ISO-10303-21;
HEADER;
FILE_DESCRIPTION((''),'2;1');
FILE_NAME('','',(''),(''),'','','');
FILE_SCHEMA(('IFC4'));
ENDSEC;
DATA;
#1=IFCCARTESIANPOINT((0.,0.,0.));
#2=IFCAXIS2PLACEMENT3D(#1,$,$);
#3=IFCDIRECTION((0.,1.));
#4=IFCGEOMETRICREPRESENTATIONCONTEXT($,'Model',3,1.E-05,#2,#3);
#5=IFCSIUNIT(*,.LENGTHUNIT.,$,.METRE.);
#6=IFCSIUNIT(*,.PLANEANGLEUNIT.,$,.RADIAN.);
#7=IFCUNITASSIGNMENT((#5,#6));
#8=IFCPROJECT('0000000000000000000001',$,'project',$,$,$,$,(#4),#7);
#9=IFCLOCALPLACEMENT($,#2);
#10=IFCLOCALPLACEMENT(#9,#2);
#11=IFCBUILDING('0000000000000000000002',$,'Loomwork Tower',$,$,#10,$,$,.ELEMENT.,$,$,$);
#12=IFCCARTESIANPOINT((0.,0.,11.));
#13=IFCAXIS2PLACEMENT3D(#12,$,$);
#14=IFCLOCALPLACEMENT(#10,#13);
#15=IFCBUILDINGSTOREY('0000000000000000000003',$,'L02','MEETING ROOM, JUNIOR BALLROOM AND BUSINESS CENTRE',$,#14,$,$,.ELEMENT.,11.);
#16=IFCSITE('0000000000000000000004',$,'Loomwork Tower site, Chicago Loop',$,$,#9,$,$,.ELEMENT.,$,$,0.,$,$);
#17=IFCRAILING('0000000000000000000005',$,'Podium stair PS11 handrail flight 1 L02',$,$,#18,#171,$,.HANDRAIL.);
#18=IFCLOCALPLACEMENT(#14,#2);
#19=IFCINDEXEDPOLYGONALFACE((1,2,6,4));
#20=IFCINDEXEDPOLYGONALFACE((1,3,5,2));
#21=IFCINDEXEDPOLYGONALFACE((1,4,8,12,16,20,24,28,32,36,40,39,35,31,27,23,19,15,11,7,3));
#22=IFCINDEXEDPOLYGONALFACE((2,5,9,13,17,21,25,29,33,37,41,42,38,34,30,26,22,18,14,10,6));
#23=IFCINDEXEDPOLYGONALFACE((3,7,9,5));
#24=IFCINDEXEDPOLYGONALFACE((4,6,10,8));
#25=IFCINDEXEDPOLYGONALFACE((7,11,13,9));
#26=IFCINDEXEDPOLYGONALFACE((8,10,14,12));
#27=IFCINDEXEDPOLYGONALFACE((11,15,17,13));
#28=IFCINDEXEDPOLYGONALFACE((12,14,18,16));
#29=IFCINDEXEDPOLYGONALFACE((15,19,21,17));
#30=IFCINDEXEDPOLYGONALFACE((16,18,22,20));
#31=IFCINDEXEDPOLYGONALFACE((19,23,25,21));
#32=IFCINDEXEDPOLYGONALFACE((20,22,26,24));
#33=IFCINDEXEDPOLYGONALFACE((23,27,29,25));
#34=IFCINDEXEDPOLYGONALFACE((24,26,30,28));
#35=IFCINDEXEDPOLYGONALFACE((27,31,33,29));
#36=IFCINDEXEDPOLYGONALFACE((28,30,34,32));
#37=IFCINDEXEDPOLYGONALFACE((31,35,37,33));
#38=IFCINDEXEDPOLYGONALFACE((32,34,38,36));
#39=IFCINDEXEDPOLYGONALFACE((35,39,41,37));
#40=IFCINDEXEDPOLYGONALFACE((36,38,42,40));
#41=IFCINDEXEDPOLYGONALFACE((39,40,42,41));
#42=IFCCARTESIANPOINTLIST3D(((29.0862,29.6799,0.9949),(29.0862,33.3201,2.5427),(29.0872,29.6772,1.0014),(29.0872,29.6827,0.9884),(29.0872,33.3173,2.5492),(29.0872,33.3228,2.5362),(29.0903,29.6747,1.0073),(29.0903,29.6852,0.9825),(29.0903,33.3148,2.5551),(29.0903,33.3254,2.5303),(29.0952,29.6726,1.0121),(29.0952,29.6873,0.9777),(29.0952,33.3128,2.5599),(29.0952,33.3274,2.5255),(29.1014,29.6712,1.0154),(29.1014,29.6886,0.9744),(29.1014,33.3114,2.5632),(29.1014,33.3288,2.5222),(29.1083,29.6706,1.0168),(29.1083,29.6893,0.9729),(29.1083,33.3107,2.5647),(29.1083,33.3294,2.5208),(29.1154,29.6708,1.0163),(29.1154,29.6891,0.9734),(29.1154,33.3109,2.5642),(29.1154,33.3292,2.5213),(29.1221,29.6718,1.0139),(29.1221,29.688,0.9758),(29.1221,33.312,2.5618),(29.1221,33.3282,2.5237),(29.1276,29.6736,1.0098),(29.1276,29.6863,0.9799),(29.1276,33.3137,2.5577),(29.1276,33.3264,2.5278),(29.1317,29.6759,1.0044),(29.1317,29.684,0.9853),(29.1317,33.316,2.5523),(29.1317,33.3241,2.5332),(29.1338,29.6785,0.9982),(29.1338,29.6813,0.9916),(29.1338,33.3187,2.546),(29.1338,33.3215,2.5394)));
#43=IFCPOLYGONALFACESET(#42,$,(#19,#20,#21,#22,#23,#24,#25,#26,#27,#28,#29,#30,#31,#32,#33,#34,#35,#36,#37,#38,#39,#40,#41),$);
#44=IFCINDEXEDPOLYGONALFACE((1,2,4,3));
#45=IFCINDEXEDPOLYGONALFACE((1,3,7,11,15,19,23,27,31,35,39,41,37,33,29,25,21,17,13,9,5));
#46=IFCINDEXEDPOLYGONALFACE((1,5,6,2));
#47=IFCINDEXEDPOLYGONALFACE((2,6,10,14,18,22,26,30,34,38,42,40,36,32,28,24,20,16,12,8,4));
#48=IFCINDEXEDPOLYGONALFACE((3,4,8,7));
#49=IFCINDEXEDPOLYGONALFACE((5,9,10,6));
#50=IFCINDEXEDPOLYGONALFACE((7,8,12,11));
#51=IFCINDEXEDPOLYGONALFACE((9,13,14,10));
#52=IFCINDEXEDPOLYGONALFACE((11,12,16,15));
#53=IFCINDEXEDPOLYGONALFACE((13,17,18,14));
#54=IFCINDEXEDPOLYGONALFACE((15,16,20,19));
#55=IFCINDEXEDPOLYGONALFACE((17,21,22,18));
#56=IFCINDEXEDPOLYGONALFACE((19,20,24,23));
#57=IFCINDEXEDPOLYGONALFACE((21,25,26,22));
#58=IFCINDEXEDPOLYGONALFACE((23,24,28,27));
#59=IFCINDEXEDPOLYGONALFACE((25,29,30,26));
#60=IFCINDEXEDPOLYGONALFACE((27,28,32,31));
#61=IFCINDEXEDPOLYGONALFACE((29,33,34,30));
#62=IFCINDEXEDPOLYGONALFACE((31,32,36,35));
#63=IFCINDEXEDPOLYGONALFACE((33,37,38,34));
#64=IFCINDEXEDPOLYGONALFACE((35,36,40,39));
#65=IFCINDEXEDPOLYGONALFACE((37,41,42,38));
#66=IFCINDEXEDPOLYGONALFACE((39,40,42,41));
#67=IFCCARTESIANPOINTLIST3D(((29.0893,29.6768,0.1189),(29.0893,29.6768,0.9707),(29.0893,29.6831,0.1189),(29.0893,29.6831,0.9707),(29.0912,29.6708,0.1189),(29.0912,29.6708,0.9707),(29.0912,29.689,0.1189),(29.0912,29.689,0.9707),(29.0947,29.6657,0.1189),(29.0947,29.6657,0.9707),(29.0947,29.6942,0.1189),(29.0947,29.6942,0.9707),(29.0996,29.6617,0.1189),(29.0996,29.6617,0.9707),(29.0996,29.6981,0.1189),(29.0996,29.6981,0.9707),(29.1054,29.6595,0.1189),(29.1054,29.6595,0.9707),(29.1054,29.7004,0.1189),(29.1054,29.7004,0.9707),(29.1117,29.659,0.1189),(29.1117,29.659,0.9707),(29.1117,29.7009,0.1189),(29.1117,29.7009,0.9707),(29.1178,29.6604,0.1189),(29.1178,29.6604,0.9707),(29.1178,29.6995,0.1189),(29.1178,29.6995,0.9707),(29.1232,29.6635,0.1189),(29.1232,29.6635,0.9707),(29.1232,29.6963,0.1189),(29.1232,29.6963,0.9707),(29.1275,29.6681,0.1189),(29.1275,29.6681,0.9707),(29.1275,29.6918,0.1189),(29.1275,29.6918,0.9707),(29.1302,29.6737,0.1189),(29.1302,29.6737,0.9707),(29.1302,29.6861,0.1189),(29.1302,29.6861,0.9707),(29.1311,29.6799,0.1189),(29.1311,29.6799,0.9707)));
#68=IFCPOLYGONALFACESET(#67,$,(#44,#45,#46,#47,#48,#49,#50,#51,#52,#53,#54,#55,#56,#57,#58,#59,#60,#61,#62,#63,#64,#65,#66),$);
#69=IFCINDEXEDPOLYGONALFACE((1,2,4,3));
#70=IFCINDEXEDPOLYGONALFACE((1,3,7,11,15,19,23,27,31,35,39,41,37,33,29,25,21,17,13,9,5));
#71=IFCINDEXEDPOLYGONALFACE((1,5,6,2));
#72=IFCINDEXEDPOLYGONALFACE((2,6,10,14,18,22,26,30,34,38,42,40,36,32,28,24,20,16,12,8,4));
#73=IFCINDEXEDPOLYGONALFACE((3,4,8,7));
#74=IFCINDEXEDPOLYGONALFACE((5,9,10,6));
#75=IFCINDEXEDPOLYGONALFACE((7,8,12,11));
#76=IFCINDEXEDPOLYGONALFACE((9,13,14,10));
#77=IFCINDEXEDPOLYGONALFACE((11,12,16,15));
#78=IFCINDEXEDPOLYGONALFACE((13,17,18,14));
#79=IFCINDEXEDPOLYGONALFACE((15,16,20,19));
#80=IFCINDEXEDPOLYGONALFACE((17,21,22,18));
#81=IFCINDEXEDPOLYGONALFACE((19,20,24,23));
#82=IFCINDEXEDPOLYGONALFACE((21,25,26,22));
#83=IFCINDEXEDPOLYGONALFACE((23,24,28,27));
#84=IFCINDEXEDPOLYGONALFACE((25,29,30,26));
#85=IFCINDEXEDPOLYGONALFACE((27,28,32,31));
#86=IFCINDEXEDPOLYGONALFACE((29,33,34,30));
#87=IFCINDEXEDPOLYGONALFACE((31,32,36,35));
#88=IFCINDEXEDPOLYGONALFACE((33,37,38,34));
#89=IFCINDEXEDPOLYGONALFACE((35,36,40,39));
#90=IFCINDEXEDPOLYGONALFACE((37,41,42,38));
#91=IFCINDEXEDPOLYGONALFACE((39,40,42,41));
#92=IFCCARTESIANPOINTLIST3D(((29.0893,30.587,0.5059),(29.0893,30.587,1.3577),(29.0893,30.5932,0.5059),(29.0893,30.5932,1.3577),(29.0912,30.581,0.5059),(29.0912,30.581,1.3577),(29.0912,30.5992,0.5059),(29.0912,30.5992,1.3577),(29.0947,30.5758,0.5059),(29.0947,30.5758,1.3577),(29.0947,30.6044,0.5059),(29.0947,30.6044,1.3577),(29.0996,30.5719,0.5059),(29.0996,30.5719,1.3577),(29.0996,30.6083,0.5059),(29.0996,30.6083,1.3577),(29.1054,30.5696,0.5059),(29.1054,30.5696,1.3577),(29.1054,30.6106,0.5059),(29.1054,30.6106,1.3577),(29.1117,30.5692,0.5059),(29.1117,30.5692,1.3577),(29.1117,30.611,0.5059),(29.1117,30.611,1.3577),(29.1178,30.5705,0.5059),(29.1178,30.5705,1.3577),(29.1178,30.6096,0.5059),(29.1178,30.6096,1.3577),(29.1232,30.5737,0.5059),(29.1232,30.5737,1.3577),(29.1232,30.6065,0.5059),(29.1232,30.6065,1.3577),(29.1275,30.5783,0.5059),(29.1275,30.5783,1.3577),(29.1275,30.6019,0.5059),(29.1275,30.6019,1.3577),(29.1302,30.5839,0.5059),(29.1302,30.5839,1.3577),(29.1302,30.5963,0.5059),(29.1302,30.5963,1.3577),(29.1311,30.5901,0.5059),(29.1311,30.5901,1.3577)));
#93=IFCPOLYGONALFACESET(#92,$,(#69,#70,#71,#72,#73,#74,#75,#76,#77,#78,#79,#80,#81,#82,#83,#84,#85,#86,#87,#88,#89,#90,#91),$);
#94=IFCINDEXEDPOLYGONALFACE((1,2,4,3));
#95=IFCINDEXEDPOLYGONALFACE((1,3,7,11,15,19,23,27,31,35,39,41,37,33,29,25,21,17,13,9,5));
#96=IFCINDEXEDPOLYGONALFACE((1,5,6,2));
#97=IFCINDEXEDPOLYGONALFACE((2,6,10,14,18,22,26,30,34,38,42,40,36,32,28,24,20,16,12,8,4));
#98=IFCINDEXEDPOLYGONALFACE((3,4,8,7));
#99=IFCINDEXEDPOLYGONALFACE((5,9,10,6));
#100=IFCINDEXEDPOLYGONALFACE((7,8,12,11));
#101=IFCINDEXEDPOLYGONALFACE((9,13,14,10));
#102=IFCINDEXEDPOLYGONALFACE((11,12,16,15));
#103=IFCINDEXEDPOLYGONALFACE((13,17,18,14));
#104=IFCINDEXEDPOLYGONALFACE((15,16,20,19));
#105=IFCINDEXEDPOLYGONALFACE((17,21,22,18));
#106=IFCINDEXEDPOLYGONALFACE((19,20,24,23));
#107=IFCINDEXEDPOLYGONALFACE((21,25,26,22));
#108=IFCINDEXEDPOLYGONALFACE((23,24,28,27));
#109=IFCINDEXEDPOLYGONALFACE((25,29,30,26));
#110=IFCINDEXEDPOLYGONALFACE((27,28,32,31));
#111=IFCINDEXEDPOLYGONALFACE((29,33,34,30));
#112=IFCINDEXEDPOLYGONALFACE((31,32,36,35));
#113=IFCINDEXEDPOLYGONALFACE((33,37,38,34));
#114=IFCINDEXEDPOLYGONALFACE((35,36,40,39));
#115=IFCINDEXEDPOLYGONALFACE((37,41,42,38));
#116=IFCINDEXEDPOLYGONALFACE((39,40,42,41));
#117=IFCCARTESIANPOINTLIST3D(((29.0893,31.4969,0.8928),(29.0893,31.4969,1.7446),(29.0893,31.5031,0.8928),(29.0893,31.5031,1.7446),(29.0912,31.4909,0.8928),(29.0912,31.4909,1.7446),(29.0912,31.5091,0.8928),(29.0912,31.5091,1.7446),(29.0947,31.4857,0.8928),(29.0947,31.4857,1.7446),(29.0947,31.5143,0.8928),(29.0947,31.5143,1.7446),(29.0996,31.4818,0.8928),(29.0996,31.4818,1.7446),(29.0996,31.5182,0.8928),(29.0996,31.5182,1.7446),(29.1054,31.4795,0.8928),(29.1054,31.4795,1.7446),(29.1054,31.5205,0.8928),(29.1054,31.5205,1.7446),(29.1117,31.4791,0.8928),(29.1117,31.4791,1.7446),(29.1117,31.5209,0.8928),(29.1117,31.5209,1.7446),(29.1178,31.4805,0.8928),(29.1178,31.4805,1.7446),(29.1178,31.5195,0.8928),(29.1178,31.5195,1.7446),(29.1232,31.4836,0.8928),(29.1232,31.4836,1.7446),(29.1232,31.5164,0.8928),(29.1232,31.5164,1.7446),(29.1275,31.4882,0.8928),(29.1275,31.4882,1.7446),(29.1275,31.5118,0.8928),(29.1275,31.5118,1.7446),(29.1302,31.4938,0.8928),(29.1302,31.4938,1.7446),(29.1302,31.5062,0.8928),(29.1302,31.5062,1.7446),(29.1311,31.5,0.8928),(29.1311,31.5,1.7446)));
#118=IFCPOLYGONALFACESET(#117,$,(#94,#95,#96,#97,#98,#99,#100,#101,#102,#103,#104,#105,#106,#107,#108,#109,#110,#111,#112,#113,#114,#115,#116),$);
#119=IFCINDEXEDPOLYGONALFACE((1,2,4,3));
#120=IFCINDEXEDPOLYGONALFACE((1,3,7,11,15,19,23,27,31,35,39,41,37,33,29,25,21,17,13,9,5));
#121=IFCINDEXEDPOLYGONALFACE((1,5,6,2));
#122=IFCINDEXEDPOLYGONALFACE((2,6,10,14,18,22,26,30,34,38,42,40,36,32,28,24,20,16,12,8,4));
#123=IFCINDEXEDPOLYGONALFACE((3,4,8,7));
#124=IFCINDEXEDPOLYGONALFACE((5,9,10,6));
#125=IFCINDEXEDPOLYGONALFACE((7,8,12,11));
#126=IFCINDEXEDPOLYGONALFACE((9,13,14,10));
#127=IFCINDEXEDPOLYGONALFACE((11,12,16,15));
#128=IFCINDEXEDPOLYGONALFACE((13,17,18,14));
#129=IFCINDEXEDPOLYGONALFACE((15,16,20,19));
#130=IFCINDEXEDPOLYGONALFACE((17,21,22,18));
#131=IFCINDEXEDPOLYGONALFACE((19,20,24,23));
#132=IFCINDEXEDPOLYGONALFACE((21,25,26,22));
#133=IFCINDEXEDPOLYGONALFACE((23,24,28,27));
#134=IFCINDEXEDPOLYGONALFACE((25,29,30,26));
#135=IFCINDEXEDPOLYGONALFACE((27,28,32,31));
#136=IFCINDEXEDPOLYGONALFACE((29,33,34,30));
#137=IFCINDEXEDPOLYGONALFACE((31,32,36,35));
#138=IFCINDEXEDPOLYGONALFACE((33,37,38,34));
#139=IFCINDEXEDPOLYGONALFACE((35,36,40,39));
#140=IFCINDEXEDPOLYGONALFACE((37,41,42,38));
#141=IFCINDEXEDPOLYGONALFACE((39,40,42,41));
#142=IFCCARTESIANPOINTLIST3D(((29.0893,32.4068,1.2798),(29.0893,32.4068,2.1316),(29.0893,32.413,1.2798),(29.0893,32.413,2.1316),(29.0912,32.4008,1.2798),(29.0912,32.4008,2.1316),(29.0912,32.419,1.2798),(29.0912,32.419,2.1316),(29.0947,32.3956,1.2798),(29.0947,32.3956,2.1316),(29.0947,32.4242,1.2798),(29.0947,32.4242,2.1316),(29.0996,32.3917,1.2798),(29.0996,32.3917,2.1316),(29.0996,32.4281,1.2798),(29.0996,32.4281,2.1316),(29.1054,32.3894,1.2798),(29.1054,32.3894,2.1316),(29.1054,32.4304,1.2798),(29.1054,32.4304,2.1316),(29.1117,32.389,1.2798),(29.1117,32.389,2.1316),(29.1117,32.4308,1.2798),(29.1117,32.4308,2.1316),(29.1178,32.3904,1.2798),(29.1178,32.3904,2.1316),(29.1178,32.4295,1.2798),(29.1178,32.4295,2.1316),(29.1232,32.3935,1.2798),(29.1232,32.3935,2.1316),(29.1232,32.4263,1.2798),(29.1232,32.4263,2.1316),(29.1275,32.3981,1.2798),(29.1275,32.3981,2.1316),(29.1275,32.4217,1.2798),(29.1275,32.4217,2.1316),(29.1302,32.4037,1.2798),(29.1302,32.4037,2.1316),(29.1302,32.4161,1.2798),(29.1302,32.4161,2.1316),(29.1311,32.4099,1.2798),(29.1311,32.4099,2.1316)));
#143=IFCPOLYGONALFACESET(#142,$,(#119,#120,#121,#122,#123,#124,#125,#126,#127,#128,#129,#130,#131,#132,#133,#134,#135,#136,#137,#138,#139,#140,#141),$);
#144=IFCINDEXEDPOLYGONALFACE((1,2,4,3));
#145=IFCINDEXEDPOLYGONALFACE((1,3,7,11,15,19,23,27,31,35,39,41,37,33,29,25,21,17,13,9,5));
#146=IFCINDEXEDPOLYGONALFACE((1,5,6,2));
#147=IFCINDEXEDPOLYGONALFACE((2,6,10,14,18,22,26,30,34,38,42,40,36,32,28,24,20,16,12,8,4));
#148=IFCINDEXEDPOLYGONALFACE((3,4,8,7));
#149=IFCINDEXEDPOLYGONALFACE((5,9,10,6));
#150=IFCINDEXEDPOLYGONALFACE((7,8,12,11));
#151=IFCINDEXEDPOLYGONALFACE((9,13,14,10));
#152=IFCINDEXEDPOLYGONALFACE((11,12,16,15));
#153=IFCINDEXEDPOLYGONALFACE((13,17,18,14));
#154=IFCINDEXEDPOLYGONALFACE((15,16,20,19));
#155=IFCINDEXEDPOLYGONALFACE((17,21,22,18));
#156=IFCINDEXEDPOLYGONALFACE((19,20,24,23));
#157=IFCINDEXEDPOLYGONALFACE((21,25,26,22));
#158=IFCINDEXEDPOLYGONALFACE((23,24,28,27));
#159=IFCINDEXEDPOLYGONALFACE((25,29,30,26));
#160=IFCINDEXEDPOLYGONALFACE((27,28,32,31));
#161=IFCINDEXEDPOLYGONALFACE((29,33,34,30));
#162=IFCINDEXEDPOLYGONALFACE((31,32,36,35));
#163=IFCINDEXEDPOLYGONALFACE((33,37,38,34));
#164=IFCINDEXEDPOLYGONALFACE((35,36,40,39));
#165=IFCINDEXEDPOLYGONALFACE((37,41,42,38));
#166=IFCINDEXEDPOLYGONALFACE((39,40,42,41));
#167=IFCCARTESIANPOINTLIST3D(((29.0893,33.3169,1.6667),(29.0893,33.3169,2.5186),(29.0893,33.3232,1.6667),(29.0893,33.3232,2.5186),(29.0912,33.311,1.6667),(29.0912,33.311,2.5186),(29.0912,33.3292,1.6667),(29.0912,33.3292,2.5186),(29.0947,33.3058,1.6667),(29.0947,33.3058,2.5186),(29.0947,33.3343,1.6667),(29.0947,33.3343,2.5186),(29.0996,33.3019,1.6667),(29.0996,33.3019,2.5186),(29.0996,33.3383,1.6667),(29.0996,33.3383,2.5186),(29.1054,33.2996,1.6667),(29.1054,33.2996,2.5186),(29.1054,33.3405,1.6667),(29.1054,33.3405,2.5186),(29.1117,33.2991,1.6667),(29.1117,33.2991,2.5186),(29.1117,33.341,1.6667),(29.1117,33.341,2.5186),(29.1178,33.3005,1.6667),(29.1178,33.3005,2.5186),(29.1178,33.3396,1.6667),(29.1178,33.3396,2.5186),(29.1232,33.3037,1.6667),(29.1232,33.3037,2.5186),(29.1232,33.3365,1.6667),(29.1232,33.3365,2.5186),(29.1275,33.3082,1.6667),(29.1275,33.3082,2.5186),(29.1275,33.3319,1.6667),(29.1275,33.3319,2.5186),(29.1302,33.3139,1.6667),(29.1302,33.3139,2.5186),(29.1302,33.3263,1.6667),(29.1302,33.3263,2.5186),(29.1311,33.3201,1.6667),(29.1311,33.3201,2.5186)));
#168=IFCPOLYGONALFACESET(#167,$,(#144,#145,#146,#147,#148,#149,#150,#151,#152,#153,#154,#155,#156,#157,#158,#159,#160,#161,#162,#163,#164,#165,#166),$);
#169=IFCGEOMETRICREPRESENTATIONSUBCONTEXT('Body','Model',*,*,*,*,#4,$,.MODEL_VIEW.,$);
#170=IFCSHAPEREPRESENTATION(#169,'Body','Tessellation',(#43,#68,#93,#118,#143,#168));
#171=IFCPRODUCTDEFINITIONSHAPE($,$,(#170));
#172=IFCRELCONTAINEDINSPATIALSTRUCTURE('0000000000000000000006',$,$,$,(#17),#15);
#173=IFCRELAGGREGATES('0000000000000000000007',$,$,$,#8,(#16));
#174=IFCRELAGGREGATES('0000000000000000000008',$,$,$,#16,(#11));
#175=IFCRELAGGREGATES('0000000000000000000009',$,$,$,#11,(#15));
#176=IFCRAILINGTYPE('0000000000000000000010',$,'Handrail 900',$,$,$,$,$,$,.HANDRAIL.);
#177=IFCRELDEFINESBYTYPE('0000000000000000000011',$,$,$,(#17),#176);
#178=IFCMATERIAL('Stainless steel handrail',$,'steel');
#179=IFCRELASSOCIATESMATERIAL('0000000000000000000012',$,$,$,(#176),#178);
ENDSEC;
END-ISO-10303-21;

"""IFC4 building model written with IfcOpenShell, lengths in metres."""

from ifc_helpers import new_model, si_unit, direction, frame, origin, origin_2d, place, context, subcontext, project, spatial, circle, extrude, material, type_object, element, save


model = new_model("IFC4")

# Units and contexts
model_context = context("Model", 3, precision=1e-05, world=origin(), true_north=direction((0.0, 1.0)))
body_context = subcontext(model_context, "Body", "Model", "MODEL_VIEW")
ifc_project = project(units=[si_unit("LENGTHUNIT", "METRE"), si_unit("PLANEANGLEUNIT", "RADIAN")], contexts=[model_context])

# Site, building, storey
site_placement = place(None, origin())
site = spatial("IfcSite", under=ifc_project, at=site_placement, Name="Loomwork Tower site, Chicago Loop", CompositionType="ELEMENT", RefElevation=0.0)
building_placement = place(site_placement, origin())
building = spatial("IfcBuilding", under=site, at=building_placement, Name="Loomwork Tower", CompositionType="ELEMENT")
storey_placement = place(building_placement, frame((0.0, 0.0, 11.0)))
storey = spatial("IfcBuildingStorey", under=building, at=storey_placement, Name="L02", Description="MEETING ROOM, JUNIOR BALLROOM AND BUSINESS CENTRE", CompositionType="ELEMENT", Elevation=11.0)

# Railing
ifc_material_1 = material(Name="Stainless steel handrail", Category="steel")
railing_type = type_object("IfcRailingType", Name="Handrail 900", PredefinedType="HANDRAIL", material=ifc_material_1)
railing_1_placement = place(storey_placement, frame((29.1101, 29.6799, 0.1189)))
element("IfcRailing", 1, at=railing_1_placement, inside=storey, type_object=railing_type, Name="Podium stair PS11 handrail flight 1 L02", PredefinedType="HANDRAIL", context=body_context, shape_type="SweptSolid", body=[
    extrude(circle(Radius=0.0239, at=origin_2d()), frame((0.0, 0.0, 0.876), z_axis=(0.0, 0.920259, 0.391311), x_axis=(-1.0, 0.0, 0.0)), (0.0, 0.0, 1.0), 3.9556),
    extrude(circle(Radius=0.021, at=origin_2d()), origin(), (0.0, 0.0, 1.0), 0.8518),
    extrude(circle(Radius=0.021, at=origin_2d()), frame((0.0, 0.9102, 0.387)), (0.0, 0.0, 1.0), 0.8518),
    extrude(circle(Radius=0.021, at=origin_2d()), frame((0.0, 1.8201, 0.7739)), (0.0, 0.0, 1.0), 0.8518),
    extrude(circle(Radius=0.021, at=origin_2d()), frame((0.0, 2.73, 1.1609)), (0.0, 0.0, 1.0), 0.8518),
    extrude(circle(Radius=0.021, at=origin_2d()), frame((0.0, 3.6401, 1.5479)), (0.0, 0.0, 1.0), 0.8518),
])

save(model, "model.ifc")
